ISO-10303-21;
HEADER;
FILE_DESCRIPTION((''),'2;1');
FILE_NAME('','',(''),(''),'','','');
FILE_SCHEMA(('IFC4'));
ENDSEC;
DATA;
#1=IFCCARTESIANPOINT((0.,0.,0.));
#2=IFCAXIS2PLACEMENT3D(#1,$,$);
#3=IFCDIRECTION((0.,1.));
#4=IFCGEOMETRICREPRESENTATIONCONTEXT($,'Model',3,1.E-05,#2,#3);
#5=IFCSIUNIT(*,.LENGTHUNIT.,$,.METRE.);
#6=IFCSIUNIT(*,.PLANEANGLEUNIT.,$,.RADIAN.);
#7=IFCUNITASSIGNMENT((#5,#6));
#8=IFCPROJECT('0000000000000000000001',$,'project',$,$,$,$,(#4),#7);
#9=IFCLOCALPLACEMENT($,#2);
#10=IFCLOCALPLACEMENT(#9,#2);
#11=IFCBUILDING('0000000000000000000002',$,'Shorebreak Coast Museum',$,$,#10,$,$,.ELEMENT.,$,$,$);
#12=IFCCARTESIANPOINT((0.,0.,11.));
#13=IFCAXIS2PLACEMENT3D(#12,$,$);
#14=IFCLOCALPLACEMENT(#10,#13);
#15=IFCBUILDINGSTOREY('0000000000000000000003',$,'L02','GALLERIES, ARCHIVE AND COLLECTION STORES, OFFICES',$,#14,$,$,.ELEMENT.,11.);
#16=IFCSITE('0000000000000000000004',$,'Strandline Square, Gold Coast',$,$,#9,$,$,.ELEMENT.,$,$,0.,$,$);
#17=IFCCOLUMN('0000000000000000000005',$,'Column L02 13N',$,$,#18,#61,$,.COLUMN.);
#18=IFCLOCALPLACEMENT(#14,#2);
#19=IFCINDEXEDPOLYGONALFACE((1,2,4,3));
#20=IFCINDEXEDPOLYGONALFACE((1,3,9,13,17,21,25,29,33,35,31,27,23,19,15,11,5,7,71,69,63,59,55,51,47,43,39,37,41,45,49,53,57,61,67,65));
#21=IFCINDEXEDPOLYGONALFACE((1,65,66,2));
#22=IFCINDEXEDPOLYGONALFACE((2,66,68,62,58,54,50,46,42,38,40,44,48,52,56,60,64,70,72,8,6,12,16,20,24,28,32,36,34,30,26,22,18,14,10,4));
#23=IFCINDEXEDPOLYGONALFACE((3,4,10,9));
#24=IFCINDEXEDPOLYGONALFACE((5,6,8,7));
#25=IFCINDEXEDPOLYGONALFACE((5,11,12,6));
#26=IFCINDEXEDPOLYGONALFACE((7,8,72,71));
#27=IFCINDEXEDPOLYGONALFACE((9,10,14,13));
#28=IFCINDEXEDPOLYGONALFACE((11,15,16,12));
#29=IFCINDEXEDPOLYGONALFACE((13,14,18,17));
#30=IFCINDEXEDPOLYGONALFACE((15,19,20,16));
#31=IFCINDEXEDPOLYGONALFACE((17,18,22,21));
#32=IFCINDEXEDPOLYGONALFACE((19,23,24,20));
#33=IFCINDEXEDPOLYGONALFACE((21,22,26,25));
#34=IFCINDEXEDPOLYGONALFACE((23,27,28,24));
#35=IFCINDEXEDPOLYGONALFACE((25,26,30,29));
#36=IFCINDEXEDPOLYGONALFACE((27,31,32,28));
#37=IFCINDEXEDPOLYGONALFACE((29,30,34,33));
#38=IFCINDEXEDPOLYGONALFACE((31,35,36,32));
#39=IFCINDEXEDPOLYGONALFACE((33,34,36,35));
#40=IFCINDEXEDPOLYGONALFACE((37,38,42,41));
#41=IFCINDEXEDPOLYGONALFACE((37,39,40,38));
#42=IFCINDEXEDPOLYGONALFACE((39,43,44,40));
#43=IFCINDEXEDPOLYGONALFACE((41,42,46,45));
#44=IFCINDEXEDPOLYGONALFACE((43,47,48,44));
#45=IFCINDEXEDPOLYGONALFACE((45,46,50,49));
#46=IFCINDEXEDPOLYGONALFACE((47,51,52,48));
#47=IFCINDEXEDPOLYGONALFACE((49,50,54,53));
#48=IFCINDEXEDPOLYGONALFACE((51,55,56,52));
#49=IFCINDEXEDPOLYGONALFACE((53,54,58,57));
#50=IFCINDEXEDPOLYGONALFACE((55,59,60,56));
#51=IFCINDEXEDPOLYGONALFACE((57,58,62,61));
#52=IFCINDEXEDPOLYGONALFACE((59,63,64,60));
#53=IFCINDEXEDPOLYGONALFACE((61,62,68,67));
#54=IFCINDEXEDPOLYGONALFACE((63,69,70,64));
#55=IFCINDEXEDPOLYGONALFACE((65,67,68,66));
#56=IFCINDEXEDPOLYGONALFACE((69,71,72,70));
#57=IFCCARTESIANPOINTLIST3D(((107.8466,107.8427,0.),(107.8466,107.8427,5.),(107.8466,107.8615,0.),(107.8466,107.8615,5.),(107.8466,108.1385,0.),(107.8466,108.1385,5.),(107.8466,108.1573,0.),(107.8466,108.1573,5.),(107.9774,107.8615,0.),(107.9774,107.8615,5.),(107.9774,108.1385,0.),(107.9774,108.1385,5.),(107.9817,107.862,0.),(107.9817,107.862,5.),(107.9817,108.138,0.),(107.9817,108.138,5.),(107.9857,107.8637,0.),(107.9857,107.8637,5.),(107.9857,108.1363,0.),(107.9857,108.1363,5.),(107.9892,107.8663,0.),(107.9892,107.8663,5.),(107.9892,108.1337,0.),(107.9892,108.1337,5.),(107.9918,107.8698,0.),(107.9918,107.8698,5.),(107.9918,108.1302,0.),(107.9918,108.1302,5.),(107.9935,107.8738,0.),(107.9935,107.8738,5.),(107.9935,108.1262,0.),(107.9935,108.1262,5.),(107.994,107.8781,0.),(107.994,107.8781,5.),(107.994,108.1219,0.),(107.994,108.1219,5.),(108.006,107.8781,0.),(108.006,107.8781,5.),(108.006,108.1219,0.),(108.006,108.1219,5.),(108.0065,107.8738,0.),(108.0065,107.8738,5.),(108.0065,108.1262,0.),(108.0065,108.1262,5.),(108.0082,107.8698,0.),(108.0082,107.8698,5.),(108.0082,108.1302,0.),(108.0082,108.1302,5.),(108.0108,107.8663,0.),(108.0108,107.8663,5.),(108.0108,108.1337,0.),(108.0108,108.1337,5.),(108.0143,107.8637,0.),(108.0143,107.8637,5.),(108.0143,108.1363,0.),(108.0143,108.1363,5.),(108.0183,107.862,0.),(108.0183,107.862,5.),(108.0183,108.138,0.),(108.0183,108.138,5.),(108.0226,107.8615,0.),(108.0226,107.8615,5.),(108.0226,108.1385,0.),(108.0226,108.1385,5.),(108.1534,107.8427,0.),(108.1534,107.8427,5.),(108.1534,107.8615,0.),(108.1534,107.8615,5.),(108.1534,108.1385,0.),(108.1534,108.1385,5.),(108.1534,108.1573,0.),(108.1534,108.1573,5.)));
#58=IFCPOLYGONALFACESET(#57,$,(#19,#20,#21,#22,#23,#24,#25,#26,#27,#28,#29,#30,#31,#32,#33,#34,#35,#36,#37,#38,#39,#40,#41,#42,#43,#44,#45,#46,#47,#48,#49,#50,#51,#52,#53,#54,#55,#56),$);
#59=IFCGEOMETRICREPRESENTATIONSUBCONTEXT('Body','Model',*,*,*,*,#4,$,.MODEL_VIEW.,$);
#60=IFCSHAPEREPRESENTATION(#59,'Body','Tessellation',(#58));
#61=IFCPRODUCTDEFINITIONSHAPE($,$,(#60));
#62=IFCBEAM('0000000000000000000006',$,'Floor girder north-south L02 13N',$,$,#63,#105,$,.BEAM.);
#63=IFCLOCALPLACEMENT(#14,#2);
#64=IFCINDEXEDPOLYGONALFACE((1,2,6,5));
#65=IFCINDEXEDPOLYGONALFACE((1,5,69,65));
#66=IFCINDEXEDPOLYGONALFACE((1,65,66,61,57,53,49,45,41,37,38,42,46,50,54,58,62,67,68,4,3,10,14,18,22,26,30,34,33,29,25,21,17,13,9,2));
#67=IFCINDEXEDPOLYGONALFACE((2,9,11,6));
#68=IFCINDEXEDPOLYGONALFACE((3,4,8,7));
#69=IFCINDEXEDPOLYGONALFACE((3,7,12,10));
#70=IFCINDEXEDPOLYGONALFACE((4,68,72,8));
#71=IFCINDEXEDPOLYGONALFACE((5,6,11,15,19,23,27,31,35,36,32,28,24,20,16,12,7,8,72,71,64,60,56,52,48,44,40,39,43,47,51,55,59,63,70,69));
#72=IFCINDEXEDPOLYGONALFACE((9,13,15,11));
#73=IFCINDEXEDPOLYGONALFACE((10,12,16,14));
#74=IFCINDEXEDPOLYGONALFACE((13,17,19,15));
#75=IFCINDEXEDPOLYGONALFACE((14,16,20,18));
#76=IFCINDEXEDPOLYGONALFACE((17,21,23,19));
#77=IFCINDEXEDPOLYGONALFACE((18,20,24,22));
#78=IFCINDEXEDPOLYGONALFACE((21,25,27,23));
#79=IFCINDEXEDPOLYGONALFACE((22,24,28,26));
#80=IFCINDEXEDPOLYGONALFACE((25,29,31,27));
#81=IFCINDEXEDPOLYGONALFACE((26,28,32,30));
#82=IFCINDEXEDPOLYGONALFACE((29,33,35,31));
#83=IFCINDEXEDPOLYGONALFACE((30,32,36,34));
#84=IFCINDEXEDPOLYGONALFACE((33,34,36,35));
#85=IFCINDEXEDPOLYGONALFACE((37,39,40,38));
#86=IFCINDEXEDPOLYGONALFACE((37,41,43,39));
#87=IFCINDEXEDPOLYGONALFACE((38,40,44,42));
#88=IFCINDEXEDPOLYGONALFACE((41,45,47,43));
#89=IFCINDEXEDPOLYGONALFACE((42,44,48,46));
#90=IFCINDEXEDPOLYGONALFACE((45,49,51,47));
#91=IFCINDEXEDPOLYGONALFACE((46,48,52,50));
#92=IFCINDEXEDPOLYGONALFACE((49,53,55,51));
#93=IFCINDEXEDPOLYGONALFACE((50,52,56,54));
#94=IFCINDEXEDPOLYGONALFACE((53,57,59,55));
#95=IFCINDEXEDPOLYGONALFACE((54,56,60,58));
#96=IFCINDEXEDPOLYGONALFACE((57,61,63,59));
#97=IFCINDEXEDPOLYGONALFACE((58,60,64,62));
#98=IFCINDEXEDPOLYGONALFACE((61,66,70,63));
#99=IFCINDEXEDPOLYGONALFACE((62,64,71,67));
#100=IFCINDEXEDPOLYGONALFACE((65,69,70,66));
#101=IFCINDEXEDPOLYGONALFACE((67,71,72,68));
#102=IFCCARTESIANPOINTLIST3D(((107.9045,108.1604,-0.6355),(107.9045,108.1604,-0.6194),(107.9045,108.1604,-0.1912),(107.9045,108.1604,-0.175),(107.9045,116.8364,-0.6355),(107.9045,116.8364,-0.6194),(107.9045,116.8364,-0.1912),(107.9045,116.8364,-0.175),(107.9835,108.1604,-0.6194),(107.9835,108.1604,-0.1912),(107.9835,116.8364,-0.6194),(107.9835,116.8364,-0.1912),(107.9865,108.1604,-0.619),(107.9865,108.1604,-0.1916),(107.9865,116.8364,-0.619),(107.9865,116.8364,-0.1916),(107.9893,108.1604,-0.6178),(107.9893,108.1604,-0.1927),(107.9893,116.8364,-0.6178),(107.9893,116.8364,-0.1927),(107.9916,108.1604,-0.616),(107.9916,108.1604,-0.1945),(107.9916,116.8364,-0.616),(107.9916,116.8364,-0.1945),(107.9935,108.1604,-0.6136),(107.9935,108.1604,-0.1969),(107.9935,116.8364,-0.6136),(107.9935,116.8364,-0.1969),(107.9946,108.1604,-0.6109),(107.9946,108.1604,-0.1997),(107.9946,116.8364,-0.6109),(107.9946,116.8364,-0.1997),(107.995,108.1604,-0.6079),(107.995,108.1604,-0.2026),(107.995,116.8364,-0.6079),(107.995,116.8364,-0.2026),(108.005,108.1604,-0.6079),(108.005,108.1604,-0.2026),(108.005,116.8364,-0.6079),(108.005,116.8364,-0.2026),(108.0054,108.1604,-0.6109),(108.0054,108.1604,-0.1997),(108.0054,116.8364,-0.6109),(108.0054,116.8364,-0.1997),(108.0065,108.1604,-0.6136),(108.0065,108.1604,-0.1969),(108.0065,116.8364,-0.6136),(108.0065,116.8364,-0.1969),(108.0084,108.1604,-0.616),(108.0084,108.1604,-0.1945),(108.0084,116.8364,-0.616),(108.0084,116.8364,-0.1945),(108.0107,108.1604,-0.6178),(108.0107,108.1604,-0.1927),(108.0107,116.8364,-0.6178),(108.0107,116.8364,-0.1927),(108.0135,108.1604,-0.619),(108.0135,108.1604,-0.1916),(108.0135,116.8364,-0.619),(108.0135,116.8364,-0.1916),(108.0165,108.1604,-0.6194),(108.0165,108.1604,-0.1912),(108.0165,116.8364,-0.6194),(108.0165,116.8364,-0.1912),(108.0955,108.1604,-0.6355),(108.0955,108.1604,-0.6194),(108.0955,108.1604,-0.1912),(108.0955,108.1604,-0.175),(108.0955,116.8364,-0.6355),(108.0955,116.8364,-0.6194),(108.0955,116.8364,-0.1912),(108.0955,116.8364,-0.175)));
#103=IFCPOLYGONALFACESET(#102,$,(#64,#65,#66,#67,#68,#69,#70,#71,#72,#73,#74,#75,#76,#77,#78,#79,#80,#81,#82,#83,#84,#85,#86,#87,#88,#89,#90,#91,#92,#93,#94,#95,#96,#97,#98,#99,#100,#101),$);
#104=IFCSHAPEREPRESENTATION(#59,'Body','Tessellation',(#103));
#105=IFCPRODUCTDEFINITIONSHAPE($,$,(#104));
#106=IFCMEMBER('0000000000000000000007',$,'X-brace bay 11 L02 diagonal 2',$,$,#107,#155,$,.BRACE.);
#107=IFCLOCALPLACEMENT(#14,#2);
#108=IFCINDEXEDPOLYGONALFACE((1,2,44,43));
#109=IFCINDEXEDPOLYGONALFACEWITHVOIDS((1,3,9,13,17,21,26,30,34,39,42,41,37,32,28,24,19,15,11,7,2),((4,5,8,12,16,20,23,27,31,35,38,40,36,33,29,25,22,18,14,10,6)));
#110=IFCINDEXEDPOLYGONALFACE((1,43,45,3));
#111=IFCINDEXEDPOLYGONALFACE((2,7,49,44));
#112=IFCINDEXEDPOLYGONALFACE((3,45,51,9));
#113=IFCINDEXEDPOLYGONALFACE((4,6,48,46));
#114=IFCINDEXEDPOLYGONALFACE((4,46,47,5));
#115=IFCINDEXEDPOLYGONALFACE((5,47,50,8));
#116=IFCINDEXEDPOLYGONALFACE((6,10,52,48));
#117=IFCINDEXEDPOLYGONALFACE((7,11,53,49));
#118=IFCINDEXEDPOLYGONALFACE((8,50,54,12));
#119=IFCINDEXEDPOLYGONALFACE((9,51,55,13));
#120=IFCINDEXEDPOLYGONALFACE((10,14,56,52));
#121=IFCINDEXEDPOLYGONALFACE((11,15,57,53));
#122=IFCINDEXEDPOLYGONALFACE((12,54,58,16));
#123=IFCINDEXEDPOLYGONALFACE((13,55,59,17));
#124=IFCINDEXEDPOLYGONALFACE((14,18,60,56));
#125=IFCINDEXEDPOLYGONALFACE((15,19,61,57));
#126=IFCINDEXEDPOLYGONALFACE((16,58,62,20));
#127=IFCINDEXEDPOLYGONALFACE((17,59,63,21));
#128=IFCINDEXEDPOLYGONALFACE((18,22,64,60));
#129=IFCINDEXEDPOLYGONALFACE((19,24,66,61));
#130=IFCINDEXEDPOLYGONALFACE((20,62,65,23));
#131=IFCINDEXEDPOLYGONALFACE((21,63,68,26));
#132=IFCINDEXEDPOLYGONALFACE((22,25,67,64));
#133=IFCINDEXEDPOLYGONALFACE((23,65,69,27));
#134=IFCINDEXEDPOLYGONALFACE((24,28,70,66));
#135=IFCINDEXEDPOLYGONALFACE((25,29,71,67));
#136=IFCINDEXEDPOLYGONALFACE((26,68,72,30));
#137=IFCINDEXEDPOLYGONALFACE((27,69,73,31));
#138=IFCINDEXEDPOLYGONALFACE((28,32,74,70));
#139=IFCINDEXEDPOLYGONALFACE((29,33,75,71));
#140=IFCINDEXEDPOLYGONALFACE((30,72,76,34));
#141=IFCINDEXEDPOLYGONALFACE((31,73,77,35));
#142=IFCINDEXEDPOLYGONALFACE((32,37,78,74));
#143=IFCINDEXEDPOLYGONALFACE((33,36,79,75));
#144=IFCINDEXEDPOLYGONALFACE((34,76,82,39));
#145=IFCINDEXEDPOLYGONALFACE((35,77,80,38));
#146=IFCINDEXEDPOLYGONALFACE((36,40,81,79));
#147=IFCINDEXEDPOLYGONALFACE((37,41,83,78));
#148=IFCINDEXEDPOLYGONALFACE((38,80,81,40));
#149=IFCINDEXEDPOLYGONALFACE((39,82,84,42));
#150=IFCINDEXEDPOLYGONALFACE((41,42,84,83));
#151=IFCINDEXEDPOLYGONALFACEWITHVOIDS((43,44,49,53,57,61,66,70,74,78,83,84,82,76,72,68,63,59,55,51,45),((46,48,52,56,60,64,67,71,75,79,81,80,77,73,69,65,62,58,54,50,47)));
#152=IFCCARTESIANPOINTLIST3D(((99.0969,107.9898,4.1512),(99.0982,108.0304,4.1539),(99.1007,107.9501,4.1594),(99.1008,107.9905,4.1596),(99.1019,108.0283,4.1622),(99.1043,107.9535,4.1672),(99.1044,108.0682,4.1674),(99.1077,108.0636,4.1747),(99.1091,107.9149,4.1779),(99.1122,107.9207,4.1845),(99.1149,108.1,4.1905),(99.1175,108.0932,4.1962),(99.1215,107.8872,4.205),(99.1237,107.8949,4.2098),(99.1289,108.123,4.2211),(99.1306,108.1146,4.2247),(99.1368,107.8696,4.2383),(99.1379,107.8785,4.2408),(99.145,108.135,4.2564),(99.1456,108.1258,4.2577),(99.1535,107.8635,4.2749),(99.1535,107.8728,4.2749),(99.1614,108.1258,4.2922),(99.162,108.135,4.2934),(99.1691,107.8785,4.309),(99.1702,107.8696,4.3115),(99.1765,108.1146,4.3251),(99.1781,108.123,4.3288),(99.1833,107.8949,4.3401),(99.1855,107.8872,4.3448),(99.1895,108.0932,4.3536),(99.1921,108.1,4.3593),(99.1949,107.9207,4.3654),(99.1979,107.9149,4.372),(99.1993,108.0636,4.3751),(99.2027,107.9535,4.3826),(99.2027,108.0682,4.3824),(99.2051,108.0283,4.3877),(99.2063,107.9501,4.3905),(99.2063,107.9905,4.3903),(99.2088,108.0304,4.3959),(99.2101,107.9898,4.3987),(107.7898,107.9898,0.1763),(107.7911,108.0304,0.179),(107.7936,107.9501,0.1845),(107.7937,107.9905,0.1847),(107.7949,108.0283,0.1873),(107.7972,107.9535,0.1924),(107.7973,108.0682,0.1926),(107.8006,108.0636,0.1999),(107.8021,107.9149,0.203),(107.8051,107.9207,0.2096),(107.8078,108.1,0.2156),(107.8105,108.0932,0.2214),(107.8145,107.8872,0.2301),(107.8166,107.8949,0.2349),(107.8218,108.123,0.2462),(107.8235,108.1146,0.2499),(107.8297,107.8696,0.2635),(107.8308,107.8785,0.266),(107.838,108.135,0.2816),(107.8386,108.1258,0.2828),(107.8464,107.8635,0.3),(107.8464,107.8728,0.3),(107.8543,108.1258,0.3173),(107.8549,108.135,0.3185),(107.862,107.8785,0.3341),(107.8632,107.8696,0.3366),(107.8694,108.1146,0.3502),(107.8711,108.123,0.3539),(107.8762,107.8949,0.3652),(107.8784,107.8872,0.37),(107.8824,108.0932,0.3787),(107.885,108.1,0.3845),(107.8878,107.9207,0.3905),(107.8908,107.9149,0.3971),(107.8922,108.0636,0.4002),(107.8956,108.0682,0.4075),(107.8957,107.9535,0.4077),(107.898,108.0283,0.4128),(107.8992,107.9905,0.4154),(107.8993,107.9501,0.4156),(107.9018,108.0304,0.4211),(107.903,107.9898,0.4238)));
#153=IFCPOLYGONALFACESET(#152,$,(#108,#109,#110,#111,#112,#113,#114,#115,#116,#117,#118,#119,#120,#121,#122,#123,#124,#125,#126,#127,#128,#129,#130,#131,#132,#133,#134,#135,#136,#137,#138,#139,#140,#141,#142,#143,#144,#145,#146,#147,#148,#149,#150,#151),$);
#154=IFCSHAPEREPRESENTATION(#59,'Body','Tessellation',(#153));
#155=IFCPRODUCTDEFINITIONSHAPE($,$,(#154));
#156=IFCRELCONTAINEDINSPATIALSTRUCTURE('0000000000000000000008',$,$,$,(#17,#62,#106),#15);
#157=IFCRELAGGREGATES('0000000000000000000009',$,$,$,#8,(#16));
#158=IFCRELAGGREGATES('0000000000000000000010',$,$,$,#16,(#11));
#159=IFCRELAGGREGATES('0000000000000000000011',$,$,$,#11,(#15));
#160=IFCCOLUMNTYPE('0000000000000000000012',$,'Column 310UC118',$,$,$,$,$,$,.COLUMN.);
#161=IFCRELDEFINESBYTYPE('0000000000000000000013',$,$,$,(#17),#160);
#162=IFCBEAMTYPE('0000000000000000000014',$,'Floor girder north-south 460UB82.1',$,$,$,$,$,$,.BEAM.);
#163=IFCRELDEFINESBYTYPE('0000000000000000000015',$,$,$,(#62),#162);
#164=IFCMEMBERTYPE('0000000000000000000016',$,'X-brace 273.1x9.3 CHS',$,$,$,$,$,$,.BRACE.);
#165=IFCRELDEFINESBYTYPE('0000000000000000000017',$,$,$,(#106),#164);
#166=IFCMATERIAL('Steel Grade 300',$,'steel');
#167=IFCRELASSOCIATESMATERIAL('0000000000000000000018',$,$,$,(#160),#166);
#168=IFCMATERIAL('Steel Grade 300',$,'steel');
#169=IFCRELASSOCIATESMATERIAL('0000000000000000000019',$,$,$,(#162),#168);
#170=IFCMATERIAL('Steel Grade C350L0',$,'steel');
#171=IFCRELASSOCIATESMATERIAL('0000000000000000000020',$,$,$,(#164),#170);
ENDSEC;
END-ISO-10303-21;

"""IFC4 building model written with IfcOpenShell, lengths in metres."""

from ifc_helpers import new_model, si_unit, direction, frame, origin, origin_2d, place, context, subcontext, project, spatial, hollow_circle, i_section, extrude, material, material_profile, profile_set, type_object, element, save


model = new_model("IFC4")

# Units and contexts
model_context = context("Model", 3, precision=1e-05, world=origin(), true_north=direction((0.0, 1.0)))
body_context = subcontext(model_context, "Body", "Model", "MODEL_VIEW")
ifc_project = project(units=[si_unit("LENGTHUNIT", "METRE"), si_unit("PLANEANGLEUNIT", "RADIAN")], contexts=[model_context])

# Site, building, storey
site_placement = place(None, origin())
site = spatial("IfcSite", under=ifc_project, at=site_placement, Name="Strandline Square, Gold Coast", CompositionType="ELEMENT", RefElevation=0.0)
building_placement = place(site_placement, origin())
building = spatial("IfcBuilding", under=site, at=building_placement, Name="Shorebreak Coast Museum", CompositionType="ELEMENT")
storey_placement = place(building_placement, frame((0.0, 0.0, 11.0)))
storey = spatial("IfcBuildingStorey", under=building, at=storey_placement, Name="L02", Description="GALLERIES, ARCHIVE AND COLLECTION STORES, OFFICES", CompositionType="ELEMENT", Elevation=11.0)

# Column
ifc_material_1 = material(Name="Steel Grade 300", Category="steel")
ifc_material_profile_1 = material_profile(ifc_material_1, i_section(OverallWidth=0.3069, OverallDepth=0.3147, WebThickness=0.012, FlangeThickness=0.0188, FilletRadius=0.0166, at=origin_2d()), Name="310UC118")
ifc_profile_set_1 = profile_set([ifc_material_profile_1], Name="Steel Grade 300")
column_type = type_object("IfcColumnType", Name="Column 310UC118", PredefinedType="COLUMN", material=ifc_profile_set_1)
column_placement = place(storey_placement, frame((108.0, 108.0, 0.0), z_axis=(0.0, 0.0, 1.0), x_axis=(1.0, 0.0, 0.0)))
element("IfcColumn", 1, at=column_placement, inside=storey, type_object=column_type, Name="Column L02 13N", PredefinedType="COLUMN", context=body_context, shape_type="SweptSolid", body=[
    extrude(i_section(OverallWidth=0.3069, OverallDepth=0.3147, WebThickness=0.012, FlangeThickness=0.0188, FilletRadius=0.0166, at=origin_2d()), origin(), (0.0, 0.0, 1.0), 5.0),
])

# Beam
ifc_material_2 = material(Name="Steel Grade 300", Category="steel")
ifc_material_profile_2 = material_profile(ifc_material_2, i_section(OverallWidth=0.1909, OverallDepth=0.4604, WebThickness=0.01, FlangeThickness=0.0161, FilletRadius=0.0115, at=origin_2d()), Name="460UB82.1")
ifc_profile_set_2 = profile_set([ifc_material_profile_2], Name="Steel Grade 300")
beam_type = type_object("IfcBeamType", Name="Floor girder north-south 460UB82.1", PredefinedType="BEAM", material=ifc_profile_set_2)
beam_placement = place(storey_placement, frame((108.0, 108.1604, -0.4053), z_axis=(0.0, 1.0, 0.0), x_axis=(-1.0, 0.0, 0.0)))
element("IfcBeam", 2, at=beam_placement, inside=storey, type_object=beam_type, Name="Floor girder north-south L02 13N", PredefinedType="BEAM", context=body_context, shape_type="SweptSolid", body=[
    extrude(i_section(OverallWidth=0.1909, OverallDepth=0.4604, WebThickness=0.01, FlangeThickness=0.0161, FilletRadius=0.0115, at=origin_2d()), origin(), (0.0, 0.0, 1.0), 8.676),
])

# Member
ifc_material_3 = material(Name="Steel Grade C350L0", Category="steel")
ifc_material_profile_3 = material_profile(ifc_material_3, hollow_circle(Radius=0.1365, WallThickness=0.0093, at=origin_2d()), Name="273.1x9.3 CHS")
ifc_profile_set_3 = profile_set([ifc_material_profile_3], Name="Steel Grade C350L0")
member_type = type_object("IfcMemberType", Name="X-brace 273.1x9.3 CHS", PredefinedType="BRACE", material=ifc_profile_set_3)
member_1_placement = place(storey_placement, frame((107.8464, 108.0, 0.3), z_axis=(-0.909436, 0.0, 0.415844), x_axis=(0.0, -1.0, 0.0)))
element("IfcMember", 3, at=member_1_placement, inside=storey, type_object=member_type, Name="X-brace bay 11 L02 diagonal 2", PredefinedType="BRACE", context=body_context, shape_type="SweptSolid", body=[
    extrude(hollow_circle(Radius=0.1365, WallThickness=0.0093, at=origin_2d()), origin(), (0.0, 0.0, 1.0), 9.5586),
])

save(model, "model.ifc")
